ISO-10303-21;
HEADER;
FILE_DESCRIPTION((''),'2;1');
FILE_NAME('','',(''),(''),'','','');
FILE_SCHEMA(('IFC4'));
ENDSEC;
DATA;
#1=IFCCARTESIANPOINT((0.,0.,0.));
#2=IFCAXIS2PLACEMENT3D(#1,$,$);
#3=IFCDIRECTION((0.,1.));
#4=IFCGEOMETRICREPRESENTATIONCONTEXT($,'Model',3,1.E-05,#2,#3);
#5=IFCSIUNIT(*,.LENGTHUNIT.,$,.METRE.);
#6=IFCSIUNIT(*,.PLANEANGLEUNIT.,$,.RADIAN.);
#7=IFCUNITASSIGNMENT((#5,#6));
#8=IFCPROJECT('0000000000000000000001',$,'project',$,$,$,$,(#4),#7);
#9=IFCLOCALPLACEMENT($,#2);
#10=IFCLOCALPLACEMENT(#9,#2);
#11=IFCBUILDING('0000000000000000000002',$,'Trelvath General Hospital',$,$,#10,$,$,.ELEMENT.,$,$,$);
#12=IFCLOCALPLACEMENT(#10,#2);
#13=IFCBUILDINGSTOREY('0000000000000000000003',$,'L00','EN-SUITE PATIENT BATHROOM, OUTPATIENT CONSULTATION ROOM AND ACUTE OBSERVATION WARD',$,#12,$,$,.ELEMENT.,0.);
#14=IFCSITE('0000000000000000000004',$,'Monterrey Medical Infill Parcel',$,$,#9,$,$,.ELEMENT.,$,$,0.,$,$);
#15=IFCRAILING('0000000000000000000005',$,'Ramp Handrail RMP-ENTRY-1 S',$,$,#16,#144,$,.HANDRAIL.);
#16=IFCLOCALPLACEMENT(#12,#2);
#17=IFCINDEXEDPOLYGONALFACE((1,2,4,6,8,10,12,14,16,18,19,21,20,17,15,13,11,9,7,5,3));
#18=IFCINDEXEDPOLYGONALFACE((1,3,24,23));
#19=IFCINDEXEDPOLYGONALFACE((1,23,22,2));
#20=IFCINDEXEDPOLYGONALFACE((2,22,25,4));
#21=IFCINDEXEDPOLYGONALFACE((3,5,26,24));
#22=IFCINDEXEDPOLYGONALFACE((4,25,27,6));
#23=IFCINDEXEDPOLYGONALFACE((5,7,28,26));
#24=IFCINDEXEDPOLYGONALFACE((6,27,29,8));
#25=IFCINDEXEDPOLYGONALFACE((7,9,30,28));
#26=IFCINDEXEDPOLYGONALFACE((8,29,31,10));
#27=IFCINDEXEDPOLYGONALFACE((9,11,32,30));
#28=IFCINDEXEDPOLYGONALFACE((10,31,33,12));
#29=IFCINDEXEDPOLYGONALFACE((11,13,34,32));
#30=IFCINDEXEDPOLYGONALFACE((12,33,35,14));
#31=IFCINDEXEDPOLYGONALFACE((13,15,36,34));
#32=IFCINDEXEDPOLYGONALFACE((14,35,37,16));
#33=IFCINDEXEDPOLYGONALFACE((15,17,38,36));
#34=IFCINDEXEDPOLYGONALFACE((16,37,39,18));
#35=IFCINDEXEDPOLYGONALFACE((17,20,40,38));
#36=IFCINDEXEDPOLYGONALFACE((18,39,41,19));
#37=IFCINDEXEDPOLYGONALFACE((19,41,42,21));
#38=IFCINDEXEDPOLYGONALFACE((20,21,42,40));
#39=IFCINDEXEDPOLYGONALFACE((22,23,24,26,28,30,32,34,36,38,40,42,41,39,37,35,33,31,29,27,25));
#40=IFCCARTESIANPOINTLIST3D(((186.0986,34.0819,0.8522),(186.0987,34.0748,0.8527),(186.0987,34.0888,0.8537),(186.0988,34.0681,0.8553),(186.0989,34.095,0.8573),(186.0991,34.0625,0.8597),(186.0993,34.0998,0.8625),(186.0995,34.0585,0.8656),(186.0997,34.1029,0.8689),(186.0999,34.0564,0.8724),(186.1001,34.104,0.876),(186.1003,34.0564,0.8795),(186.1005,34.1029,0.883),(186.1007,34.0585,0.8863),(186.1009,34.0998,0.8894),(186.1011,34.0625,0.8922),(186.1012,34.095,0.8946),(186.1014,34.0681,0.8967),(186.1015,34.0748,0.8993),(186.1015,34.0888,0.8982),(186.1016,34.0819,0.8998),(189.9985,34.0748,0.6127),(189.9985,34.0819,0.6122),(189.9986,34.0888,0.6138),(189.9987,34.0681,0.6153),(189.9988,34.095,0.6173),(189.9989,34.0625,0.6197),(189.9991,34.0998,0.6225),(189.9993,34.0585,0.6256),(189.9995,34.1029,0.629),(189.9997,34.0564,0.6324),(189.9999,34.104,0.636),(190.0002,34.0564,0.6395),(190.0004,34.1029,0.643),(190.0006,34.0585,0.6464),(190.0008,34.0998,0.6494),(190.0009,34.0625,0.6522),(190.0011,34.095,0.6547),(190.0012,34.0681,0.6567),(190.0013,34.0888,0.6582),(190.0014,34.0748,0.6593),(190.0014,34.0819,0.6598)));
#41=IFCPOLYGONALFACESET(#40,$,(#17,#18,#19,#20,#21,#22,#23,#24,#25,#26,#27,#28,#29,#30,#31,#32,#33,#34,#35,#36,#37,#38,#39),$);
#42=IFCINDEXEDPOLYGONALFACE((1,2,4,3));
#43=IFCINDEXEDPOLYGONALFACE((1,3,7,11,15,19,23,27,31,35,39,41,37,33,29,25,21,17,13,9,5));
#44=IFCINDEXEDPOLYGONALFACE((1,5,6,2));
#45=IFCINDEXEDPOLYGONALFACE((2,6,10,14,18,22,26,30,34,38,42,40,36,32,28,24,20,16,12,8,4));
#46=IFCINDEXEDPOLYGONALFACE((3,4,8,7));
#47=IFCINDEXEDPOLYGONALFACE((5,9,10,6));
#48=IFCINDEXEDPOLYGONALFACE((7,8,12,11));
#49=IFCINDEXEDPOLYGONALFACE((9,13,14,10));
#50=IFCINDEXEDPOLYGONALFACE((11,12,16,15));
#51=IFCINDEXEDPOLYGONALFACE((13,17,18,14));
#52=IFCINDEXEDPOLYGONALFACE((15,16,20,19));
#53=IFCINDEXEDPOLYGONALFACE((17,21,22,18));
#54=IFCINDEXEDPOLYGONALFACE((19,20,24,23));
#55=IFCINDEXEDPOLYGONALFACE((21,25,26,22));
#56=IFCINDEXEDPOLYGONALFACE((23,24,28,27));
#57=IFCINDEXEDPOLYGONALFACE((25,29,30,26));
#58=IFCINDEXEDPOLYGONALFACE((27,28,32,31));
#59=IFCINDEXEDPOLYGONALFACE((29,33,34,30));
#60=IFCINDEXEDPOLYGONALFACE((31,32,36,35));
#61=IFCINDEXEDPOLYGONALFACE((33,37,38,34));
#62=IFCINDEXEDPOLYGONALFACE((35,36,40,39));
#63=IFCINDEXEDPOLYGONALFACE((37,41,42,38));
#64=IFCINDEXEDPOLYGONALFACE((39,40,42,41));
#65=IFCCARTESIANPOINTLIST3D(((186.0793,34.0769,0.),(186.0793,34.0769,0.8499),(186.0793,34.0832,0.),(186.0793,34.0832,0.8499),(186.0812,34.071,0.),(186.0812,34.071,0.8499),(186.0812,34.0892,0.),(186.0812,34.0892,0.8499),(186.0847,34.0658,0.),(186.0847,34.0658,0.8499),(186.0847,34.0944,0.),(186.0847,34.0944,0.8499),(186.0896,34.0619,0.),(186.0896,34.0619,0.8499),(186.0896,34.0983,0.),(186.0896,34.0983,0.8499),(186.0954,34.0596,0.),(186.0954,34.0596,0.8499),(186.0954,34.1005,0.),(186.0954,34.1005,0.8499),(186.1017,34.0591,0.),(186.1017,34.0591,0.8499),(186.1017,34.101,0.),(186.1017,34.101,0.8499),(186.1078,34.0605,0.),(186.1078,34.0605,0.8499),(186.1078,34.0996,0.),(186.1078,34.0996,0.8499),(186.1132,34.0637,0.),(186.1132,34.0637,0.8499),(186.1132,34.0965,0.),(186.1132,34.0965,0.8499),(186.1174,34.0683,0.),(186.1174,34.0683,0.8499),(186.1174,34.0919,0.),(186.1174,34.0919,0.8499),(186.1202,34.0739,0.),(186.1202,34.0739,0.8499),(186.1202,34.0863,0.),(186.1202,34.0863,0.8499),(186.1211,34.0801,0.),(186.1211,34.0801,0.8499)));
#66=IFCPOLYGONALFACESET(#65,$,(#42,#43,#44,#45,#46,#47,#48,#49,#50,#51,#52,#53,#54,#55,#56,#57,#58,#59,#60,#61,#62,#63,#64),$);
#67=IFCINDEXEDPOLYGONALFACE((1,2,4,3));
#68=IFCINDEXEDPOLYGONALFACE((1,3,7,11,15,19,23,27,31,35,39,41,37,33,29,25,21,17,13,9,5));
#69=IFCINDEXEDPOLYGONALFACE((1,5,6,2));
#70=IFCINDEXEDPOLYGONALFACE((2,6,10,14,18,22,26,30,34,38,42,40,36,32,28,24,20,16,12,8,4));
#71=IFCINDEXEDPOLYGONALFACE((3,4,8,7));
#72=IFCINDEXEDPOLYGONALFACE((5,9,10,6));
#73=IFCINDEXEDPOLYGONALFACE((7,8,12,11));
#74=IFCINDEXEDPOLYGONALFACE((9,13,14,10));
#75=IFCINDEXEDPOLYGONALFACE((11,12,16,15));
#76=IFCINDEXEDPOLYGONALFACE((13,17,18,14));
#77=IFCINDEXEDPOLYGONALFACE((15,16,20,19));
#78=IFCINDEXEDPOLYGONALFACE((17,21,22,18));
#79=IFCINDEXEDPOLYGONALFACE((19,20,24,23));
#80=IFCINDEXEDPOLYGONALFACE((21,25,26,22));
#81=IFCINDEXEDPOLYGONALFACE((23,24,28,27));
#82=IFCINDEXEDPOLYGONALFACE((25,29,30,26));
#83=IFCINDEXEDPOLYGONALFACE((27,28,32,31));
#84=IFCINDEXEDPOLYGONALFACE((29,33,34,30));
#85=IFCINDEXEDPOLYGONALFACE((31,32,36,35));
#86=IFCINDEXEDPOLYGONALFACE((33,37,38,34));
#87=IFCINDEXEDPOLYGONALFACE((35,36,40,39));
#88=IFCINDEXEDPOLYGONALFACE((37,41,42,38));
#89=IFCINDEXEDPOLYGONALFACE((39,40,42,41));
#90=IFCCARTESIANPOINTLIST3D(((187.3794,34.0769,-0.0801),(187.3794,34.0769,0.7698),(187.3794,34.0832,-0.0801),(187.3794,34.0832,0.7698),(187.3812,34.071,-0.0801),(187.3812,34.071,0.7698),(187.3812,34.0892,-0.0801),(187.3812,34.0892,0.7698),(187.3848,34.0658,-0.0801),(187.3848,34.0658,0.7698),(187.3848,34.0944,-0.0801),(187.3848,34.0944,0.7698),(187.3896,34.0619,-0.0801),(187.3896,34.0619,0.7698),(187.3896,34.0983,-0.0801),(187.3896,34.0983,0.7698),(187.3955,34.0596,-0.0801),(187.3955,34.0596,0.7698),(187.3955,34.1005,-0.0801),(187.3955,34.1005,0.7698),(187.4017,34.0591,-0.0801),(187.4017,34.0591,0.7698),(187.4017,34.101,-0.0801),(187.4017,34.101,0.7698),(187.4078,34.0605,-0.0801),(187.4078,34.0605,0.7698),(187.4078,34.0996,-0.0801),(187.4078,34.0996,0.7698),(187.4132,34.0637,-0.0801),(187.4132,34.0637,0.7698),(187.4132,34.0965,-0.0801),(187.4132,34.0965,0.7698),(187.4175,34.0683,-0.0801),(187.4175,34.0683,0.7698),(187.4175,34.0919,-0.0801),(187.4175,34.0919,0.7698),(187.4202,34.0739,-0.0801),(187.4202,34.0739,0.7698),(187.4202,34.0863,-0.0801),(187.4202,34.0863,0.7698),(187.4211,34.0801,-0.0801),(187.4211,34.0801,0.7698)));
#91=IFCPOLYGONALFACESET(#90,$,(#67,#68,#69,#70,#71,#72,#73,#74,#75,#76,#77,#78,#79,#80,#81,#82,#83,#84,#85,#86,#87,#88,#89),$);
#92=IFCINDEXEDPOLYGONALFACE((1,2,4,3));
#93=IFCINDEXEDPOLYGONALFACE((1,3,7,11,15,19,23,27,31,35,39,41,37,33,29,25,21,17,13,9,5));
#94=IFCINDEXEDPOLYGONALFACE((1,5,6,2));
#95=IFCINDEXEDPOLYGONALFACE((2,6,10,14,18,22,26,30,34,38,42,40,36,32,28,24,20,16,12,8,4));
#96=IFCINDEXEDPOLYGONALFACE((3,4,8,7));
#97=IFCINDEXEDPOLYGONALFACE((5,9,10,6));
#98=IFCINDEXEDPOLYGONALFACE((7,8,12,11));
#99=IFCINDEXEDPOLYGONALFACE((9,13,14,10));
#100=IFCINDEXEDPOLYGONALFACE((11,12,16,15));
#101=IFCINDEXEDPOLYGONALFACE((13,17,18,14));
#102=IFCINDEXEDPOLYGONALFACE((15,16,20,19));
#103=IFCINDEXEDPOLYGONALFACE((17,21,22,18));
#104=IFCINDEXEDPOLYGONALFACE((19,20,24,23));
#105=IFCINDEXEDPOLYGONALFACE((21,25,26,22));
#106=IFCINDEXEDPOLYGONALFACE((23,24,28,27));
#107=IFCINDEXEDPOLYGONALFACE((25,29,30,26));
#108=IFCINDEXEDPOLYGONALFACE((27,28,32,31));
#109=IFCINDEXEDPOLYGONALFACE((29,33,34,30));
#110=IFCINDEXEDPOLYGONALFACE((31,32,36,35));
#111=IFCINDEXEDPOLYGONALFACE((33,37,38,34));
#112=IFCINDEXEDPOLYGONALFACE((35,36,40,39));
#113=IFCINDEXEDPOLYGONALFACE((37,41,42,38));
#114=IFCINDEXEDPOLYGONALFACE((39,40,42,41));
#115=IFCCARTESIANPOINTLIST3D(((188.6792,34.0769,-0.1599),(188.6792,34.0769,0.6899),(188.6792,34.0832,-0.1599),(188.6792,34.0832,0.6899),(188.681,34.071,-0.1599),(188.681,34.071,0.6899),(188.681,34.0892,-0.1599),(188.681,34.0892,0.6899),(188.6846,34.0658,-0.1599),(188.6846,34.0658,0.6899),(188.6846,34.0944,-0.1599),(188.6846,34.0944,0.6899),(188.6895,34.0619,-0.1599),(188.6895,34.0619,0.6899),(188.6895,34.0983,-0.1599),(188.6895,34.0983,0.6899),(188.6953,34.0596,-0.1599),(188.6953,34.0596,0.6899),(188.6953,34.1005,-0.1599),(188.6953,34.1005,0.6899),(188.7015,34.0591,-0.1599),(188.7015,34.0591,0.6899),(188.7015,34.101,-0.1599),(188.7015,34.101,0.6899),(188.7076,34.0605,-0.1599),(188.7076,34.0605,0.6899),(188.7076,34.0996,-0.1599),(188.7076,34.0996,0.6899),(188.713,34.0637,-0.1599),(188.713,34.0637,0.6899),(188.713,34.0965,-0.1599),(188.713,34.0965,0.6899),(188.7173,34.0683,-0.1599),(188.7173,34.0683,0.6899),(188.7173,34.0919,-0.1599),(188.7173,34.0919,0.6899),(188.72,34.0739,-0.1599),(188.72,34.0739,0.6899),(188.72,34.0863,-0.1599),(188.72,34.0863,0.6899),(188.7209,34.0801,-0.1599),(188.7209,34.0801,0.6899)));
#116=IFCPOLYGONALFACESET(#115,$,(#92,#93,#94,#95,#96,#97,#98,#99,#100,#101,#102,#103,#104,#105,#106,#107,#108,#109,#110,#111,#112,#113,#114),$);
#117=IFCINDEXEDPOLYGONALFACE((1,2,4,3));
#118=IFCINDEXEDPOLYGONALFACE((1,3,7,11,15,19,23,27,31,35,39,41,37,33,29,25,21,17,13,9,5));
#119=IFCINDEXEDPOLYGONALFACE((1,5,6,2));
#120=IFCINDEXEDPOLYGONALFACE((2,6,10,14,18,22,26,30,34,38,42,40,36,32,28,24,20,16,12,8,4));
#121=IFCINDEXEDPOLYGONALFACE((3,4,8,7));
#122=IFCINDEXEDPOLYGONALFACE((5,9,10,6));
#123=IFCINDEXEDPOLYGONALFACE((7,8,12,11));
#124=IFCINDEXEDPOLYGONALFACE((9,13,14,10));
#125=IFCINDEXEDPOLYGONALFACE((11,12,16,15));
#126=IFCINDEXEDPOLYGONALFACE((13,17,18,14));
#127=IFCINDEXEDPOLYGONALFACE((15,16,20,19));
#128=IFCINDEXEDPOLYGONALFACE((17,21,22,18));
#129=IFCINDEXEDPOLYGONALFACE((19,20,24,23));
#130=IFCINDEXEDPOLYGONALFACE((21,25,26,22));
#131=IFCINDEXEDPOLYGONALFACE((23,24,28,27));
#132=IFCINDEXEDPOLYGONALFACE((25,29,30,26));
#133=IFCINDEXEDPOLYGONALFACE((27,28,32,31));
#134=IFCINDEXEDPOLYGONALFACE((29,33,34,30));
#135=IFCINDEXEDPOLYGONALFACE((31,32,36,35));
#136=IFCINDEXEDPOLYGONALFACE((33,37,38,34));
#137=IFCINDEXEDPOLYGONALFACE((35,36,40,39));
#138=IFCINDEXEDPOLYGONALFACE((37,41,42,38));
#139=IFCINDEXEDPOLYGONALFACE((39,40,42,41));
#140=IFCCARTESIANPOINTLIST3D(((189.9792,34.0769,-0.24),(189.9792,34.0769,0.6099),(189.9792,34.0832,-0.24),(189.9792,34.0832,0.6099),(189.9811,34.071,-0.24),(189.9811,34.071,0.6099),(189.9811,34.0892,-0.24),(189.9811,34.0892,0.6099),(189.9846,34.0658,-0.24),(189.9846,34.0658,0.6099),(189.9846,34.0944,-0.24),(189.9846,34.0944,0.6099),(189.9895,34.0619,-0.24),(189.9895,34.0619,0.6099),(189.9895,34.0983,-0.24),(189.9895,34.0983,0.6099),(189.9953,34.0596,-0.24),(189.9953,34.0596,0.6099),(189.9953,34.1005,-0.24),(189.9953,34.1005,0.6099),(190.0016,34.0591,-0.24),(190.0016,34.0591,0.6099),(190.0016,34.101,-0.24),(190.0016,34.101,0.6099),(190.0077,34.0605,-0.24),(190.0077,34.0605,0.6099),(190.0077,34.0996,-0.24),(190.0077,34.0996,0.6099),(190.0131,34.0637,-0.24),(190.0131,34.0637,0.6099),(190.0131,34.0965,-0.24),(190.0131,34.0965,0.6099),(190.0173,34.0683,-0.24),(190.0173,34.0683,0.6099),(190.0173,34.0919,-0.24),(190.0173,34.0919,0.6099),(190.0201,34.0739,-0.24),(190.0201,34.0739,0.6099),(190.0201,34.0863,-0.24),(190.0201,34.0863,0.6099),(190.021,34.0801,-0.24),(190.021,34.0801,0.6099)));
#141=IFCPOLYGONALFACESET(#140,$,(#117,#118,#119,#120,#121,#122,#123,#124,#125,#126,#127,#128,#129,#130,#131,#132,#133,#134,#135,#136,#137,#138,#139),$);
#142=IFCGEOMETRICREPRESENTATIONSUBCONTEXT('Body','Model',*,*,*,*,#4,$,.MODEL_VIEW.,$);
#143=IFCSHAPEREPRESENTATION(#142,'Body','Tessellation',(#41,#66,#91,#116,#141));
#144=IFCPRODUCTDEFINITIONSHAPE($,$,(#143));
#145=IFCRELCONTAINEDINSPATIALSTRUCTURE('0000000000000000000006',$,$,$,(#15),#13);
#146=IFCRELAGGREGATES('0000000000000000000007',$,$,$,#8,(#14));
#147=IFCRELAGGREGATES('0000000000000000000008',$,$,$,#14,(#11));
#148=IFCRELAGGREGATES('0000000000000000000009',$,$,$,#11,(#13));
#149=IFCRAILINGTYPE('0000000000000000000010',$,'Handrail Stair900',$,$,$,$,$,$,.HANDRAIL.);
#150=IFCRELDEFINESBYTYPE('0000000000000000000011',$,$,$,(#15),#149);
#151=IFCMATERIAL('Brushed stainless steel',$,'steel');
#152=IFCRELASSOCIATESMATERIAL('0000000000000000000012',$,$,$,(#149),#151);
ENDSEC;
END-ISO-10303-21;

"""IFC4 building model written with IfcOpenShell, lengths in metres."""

from ifc_helpers import new_model, si_unit, direction, frame, origin, origin_2d, place, context, subcontext, project, spatial, circle, extrude, material, type_object, element, save


model = new_model("IFC4")

# Units and contexts
model_context = context("Model", 3, precision=1e-05, world=origin(), true_north=direction((0.0, 1.0)))
body_context = subcontext(model_context, "Body", "Model", "MODEL_VIEW")
ifc_project = project(units=[si_unit("LENGTHUNIT", "METRE"), si_unit("PLANEANGLEUNIT", "RADIAN")], contexts=[model_context])

# Site, building, storey
site_placement = place(None, origin())
site = spatial("IfcSite", under=ifc_project, at=site_placement, Name="Monterrey Medical Infill Parcel", CompositionType="ELEMENT", RefElevation=0.0)
building_placement = place(site_placement, origin())
building = spatial("IfcBuilding", under=site, at=building_placement, Name="Trelvath General Hospital", CompositionType="ELEMENT")
storey_placement = place(building_placement, origin())
storey = spatial("IfcBuildingStorey", under=building, at=storey_placement, Name="L00", Description="EN-SUITE PATIENT BATHROOM, OUTPATIENT CONSULTATION ROOM AND ACUTE OBSERVATION WARD", CompositionType="ELEMENT", Elevation=0.0)

# Railing
ifc_material_1 = material(Name="Brushed stainless steel", Category="steel")
railing_type = type_object("IfcRailingType", Name="Handrail Stair900", PredefinedType="HANDRAIL", material=ifc_material_1)
for number, where, name in (
    (1, (186.1001, 34.0801, 0.0), "Ramp Handrail RMP-ENTRY-1 S"),
):
    element("IfcRailing", number, at=place(storey_placement, frame(where)), inside=storey, type_object=railing_type, Name=name, PredefinedType="HANDRAIL", context=body_context, shape_type="SweptSolid", body=[
        extrude(circle(Radius=0.0239, at=origin_2d()), frame((0.0, 0.0, 0.876), z_axis=(0.998112, 0.0, -0.061421), x_axis=(0.0, 1.0, 0.0)), (0.0, 0.0, 1.0), 3.9072),
        extrude(circle(Radius=0.021, at=origin_2d()), origin(), (0.0, 0.0, 1.0), 0.8499),
        extrude(circle(Radius=0.021, at=origin_2d()), frame((1.3, 0.0, -0.0801)), (0.0, 0.0, 1.0), 0.8499),
        extrude(circle(Radius=0.021, at=origin_2d()), frame((2.5999, 0.0, -0.1599)), (0.0, 0.0, 1.0), 0.8499),
        extrude(circle(Radius=0.021, at=origin_2d()), frame((3.8999, 0.0, -0.24)), (0.0, 0.0, 1.0), 0.8499),
    ])

save(model, "model.ifc")
